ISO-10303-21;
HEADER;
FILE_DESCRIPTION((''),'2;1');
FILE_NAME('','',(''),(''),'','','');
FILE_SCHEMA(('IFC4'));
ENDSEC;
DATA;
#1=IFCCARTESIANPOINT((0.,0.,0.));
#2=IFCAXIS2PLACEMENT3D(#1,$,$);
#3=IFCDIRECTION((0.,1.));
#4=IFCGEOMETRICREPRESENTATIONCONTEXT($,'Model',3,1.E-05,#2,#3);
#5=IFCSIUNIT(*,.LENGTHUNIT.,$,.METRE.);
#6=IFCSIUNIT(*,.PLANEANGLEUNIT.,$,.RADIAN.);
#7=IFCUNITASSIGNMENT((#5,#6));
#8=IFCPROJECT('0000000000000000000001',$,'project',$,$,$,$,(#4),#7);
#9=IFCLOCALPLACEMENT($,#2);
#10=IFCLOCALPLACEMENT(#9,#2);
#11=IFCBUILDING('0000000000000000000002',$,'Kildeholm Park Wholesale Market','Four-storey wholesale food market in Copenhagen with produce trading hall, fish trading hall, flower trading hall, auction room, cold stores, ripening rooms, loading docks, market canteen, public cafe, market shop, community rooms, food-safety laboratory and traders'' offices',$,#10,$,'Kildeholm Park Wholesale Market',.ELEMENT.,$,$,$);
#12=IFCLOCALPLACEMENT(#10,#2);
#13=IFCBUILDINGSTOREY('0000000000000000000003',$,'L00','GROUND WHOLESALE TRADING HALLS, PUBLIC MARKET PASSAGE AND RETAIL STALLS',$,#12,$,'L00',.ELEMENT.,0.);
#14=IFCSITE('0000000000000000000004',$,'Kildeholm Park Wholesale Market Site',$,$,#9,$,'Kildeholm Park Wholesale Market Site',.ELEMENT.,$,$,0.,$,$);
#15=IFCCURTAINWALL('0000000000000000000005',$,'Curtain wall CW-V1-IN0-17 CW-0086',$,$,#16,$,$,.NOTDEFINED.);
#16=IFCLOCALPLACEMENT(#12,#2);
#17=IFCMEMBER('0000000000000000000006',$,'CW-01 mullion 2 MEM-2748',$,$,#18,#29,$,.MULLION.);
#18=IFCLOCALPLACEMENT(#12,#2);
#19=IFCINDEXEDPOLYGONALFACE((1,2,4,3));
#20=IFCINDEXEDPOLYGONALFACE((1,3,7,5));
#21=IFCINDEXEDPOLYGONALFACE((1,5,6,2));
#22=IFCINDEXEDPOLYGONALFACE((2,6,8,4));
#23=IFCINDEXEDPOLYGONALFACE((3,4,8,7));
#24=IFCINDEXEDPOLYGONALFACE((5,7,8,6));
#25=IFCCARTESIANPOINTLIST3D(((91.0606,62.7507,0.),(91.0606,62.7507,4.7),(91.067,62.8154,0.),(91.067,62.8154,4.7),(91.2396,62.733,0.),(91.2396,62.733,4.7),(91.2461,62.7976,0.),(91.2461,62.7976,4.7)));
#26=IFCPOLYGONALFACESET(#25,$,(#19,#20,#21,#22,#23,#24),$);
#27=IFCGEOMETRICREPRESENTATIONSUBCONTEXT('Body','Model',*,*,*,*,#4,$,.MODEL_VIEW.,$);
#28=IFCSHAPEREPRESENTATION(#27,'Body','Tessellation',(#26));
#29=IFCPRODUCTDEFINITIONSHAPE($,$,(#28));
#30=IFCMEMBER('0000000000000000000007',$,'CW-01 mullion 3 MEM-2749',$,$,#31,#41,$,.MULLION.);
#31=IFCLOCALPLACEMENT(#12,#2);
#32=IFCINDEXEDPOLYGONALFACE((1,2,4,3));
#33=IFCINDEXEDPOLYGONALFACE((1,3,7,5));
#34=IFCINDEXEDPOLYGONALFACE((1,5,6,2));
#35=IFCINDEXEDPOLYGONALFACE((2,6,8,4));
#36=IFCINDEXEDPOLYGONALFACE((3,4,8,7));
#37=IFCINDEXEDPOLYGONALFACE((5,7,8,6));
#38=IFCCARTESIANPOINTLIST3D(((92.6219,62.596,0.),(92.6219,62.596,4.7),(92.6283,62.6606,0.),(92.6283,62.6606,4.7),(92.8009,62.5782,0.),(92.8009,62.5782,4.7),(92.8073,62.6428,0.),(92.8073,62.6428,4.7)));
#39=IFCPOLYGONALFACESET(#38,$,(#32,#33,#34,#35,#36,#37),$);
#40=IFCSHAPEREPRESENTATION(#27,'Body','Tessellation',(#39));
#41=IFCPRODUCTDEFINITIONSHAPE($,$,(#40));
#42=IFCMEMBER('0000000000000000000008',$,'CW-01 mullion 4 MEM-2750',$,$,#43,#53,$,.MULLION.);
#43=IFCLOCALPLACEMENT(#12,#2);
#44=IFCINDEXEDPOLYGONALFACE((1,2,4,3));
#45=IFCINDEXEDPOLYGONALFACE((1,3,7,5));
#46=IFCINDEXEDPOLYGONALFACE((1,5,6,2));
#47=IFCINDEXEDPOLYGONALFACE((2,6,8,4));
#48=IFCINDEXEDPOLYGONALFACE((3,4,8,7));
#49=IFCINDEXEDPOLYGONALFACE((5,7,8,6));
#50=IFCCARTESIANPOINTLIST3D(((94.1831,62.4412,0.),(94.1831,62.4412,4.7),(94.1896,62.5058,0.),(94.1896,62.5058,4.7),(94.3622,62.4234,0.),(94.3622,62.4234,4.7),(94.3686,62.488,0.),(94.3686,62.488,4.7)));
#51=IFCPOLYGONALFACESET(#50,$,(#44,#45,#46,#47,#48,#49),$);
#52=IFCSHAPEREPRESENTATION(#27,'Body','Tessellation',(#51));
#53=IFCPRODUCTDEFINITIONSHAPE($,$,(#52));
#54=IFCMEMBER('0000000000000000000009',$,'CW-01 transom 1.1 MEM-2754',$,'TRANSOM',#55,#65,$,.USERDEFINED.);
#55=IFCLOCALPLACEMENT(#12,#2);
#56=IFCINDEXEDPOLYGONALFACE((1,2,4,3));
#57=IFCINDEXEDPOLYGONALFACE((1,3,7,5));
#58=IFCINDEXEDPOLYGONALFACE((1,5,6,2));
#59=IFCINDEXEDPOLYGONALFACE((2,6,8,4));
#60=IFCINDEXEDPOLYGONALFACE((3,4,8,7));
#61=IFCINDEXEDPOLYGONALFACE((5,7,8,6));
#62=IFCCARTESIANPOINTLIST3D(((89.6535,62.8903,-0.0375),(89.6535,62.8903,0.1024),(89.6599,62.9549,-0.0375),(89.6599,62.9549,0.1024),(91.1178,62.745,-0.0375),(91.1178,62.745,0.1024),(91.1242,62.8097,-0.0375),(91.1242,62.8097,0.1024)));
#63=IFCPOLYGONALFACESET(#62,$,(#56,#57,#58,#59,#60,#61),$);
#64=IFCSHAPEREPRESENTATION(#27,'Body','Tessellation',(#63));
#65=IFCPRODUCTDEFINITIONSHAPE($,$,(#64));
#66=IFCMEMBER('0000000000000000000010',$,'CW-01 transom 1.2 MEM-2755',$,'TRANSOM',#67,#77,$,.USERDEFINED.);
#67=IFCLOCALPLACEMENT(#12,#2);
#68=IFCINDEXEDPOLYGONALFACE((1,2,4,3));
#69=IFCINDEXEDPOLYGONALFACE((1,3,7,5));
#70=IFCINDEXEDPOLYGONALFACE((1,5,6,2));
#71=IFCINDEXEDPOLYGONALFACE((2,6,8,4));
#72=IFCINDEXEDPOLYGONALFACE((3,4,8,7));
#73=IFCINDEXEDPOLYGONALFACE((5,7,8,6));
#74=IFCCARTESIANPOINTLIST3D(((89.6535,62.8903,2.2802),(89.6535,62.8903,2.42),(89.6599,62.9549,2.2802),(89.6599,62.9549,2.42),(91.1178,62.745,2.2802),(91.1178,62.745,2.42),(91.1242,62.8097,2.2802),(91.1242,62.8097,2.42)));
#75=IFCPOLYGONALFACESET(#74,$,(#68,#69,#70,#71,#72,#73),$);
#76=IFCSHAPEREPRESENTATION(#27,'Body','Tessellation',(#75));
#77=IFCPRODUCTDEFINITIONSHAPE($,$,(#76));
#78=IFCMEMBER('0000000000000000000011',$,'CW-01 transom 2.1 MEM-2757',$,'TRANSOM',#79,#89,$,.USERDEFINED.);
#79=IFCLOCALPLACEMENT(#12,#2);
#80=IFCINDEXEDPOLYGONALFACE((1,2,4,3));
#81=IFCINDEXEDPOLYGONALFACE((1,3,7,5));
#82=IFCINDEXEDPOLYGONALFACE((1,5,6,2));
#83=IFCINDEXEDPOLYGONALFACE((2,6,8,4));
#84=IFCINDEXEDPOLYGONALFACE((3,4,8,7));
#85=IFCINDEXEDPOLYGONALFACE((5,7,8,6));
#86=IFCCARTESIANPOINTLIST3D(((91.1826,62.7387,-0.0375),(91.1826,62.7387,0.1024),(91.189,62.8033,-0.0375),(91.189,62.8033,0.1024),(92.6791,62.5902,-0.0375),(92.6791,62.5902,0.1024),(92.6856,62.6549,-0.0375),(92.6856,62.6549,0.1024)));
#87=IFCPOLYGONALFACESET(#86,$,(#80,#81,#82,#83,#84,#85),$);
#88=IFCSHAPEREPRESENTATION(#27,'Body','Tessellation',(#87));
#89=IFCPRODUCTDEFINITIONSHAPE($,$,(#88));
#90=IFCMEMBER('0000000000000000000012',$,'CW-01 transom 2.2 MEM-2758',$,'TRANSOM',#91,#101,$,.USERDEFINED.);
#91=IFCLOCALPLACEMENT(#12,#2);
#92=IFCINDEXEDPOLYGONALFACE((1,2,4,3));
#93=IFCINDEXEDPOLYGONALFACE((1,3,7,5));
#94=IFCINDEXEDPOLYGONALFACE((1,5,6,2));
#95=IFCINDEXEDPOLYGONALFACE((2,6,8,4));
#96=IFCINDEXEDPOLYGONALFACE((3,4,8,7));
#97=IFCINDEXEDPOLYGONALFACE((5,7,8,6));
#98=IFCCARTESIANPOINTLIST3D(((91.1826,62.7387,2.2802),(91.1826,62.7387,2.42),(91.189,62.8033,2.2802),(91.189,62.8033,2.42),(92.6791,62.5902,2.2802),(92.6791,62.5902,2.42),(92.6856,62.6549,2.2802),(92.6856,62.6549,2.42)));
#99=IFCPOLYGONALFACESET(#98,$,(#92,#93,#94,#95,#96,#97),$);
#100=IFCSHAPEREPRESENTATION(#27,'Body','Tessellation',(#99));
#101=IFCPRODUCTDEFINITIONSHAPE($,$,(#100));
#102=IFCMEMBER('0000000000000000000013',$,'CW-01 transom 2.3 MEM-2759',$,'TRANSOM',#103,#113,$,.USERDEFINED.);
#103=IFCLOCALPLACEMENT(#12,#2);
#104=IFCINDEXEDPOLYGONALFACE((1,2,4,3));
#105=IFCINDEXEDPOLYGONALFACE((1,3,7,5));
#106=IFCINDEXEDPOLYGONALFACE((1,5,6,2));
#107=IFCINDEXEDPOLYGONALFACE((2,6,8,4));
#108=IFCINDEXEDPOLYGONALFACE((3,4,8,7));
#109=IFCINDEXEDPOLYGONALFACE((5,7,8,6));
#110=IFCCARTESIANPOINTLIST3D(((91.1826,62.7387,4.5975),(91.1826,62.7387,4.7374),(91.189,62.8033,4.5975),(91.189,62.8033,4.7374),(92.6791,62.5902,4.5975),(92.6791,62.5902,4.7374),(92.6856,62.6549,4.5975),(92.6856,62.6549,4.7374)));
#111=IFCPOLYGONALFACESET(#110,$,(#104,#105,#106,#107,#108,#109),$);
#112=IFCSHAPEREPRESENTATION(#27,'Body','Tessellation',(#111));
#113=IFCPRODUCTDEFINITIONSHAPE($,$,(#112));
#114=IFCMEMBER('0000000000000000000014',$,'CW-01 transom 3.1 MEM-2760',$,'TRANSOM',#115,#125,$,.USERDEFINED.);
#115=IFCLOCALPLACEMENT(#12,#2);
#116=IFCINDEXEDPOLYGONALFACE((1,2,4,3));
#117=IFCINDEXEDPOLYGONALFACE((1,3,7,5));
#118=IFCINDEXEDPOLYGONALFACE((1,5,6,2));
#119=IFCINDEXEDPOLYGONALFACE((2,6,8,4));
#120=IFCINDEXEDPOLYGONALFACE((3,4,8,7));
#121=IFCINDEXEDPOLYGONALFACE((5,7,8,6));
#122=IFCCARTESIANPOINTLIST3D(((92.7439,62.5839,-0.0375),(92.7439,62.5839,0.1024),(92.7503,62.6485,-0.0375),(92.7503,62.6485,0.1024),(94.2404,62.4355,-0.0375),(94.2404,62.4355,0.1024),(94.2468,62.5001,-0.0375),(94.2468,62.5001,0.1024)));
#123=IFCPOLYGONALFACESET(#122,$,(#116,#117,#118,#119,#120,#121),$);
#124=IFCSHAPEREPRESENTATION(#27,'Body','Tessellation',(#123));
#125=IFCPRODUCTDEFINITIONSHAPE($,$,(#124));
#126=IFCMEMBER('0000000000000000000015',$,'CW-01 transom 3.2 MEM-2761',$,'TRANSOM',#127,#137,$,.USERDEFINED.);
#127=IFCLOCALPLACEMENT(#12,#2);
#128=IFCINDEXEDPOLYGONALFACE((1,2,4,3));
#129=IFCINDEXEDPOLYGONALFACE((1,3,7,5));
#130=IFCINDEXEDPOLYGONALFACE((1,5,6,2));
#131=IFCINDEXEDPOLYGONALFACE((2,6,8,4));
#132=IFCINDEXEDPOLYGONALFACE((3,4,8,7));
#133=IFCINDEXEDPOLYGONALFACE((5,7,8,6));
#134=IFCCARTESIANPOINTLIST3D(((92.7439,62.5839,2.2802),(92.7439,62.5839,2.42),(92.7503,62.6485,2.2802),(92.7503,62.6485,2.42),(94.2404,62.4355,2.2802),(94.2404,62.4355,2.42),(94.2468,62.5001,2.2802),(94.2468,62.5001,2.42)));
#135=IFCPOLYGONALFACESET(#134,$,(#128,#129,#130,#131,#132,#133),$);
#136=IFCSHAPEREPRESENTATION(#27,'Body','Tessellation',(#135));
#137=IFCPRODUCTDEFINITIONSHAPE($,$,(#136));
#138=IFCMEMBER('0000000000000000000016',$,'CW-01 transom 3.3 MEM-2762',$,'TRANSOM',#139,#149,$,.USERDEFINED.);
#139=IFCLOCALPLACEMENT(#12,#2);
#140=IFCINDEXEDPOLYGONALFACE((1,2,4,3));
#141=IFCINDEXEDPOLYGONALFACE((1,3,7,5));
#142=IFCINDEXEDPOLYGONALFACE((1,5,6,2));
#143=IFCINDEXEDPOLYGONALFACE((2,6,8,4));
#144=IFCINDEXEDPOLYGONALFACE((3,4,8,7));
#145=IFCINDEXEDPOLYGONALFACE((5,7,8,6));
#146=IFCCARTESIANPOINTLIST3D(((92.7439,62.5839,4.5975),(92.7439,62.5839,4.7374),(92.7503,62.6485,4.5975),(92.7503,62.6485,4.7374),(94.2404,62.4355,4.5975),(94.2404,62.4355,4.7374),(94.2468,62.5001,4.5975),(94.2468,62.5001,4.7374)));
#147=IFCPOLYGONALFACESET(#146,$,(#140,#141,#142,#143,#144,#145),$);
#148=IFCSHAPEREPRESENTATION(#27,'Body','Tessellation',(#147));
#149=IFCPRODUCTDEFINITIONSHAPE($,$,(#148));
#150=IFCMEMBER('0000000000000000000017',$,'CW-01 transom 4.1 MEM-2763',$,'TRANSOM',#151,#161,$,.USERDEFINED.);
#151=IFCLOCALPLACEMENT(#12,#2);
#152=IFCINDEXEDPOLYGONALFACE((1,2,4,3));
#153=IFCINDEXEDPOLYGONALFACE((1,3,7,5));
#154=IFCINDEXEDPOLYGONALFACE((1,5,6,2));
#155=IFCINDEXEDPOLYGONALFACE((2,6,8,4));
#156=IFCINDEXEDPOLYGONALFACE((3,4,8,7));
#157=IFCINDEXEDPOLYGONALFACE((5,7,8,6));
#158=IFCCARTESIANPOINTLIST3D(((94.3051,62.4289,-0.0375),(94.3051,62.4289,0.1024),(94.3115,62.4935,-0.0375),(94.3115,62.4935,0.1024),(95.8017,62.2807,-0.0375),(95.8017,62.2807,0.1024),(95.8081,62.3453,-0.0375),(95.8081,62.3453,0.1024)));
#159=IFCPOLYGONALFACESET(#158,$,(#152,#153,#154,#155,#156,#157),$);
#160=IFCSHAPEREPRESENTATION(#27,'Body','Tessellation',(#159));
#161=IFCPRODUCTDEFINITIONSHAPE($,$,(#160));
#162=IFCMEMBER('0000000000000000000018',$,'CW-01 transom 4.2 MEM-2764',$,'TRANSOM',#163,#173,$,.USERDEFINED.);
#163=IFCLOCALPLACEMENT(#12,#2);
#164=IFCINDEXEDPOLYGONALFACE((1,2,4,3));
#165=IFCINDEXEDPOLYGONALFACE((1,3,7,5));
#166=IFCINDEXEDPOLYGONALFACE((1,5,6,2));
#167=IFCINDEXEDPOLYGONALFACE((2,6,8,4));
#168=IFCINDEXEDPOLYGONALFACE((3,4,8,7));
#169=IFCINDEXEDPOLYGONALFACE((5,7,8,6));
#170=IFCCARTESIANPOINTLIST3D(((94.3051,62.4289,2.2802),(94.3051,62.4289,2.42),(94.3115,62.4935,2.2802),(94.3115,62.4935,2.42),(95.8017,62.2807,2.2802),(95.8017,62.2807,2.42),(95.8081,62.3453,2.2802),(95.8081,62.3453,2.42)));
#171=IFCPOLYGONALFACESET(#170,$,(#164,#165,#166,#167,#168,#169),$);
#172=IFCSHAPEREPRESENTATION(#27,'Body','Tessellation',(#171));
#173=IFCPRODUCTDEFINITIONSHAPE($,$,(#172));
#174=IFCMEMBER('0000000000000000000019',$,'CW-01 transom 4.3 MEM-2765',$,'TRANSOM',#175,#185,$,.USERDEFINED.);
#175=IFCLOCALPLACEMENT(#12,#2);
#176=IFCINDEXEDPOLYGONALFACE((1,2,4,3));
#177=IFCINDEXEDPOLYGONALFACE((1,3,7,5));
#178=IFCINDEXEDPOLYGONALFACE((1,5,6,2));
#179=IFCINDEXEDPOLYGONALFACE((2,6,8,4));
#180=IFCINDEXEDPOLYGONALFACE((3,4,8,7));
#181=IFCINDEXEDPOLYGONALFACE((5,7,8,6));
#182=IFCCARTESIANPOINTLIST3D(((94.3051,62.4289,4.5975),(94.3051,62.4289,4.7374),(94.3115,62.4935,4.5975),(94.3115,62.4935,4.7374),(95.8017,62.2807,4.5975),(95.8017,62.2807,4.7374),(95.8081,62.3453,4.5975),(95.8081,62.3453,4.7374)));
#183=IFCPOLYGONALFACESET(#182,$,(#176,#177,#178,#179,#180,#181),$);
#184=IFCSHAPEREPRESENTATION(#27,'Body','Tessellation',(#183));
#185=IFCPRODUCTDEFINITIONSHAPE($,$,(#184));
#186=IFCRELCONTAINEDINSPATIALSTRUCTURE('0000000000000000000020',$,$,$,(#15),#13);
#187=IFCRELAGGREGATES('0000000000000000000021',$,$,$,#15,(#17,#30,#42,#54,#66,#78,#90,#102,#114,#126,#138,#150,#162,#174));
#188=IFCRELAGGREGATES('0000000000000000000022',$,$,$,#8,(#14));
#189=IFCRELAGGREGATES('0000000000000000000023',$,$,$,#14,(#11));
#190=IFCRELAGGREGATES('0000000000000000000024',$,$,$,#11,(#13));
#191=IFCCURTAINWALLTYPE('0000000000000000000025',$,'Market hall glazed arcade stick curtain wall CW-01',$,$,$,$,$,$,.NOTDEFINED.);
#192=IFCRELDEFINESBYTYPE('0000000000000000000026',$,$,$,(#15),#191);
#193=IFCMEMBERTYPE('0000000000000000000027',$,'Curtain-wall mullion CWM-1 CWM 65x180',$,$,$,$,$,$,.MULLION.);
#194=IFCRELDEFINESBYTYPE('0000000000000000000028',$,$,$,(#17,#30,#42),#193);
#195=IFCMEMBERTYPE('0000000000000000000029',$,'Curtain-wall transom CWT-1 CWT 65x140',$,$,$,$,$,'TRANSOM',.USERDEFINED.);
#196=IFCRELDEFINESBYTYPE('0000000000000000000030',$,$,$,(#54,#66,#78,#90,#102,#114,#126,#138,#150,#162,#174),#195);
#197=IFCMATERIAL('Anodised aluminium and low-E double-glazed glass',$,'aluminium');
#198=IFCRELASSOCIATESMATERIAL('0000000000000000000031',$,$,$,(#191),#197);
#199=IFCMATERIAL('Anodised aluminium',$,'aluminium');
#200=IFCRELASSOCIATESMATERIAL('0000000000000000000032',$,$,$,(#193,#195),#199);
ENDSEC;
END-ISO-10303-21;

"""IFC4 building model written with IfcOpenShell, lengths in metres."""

from ifc_helpers import new_model, si_unit, direction, frame, origin, origin_2d, place, context, subcontext, project, spatial, rectangle, extrude, material, material_profile, profile_set, type_object, element, aggregate, save


model = new_model("IFC4")

# Units and contexts
model_context = context("Model", 3, precision=1e-05, world=origin(), true_north=direction((0.0, 1.0)))
body_context = subcontext(model_context, "Body", "Model", "MODEL_VIEW")
ifc_project = project(units=[si_unit("LENGTHUNIT", "METRE"), si_unit("PLANEANGLEUNIT", "RADIAN")], contexts=[model_context])

# Site, building, storey
site_placement = place(None, origin())
site = spatial("IfcSite", under=ifc_project, at=site_placement, Name="Kildeholm Park Wholesale Market Site", LongName="Kildeholm Park Wholesale Market Site", CompositionType="ELEMENT", RefElevation=0.0)
building_placement = place(site_placement, origin())
building = spatial("IfcBuilding", under=site, at=building_placement, Name="Kildeholm Park Wholesale Market", Description="Four-storey wholesale food market in Copenhagen with produce trading hall, fish trading hall, flower trading hall, auction room, cold stores, ripening rooms, loading docks, market canteen, public cafe, market shop, community rooms, food-safety laboratory and traders' offices", LongName="Kildeholm Park Wholesale Market", CompositionType="ELEMENT")
storey_placement = place(building_placement, origin())
storey = spatial("IfcBuildingStorey", under=building, at=storey_placement, Name="L00", Description="GROUND WHOLESALE TRADING HALLS, PUBLIC MARKET PASSAGE AND RETAIL STALLS", LongName="L00", CompositionType="ELEMENT", Elevation=0.0)

# Curtain wall, members
ifc_material_1 = material(Name="Anodised aluminium and low-E double-glazed glass", Category="aluminium")
curtain_wall_type = type_object("IfcCurtainWallType", Name="Market hall glazed arcade stick curtain wall CW-01", PredefinedType="NOTDEFINED", material=ifc_material_1)
curtain_wall_placement = place(storey_placement, origin())
curtain_wall = element("IfcCurtainWall", 1, at=curtain_wall_placement, inside=storey, type_object=curtain_wall_type, Name="Curtain wall CW-V1-IN0-17 CW-0086", PredefinedType="NOTDEFINED")
ifc_material_2 = material(Name="Anodised aluminium", Category="aluminium")
ifc_material_profile_1 = material_profile(ifc_material_2, rectangle(XDim=0.0649, YDim=0.1799, at=origin_2d()), Name="CWM 65x180")
ifc_profile_set_1 = profile_set([ifc_material_profile_1], Name="Anodised aluminium")
member_type_1 = type_object("IfcMemberType", Name="Curtain-wall mullion CWM-1 CWM 65x180", PredefinedType="MULLION", material=ifc_profile_set_1)
member_1_placement = place(storey_placement, frame((91.1533, 62.7742, 0.0), z_axis=(0.0, 0.0, 1.0), x_axis=(0.098683, 0.995119, 0.0)))
member_1 = element("IfcMember", 2, at=member_1_placement, type_object=member_type_1, Name="CW-01 mullion 2 MEM-2748", PredefinedType="MULLION", context=body_context, shape_type="SweptSolid", body=[
    extrude(rectangle(XDim=0.0649, YDim=0.1799, at=origin_2d()), origin(), (0.0, 0.0, 1.0), 4.7),
])
member_2_placement = place(storey_placement, frame((92.7146, 62.6194, 0.0), z_axis=(0.0, 0.0, 1.0), x_axis=(0.098683, 0.995119, 0.0)))
member_2 = element("IfcMember", 3, at=member_2_placement, type_object=member_type_1, Name="CW-01 mullion 3 MEM-2749", PredefinedType="MULLION", context=body_context, shape_type="SweptSolid", body=[
    extrude(rectangle(XDim=0.0649, YDim=0.1799, at=origin_2d()), origin(), (0.0, 0.0, 1.0), 4.7),
])
member_3_placement = place(storey_placement, frame((94.2759, 62.4646, 0.0), z_axis=(0.0, 0.0, 1.0), x_axis=(0.098683, 0.995119, 0.0)))
member_3 = element("IfcMember", 4, at=member_3_placement, type_object=member_type_1, Name="CW-01 mullion 4 MEM-2750", PredefinedType="MULLION", context=body_context, shape_type="SweptSolid", body=[
    extrude(rectangle(XDim=0.0649, YDim=0.1799, at=origin_2d()), origin(), (0.0, 0.0, 1.0), 4.7),
])
ifc_material_profile_2 = material_profile(ifc_material_2, rectangle(XDim=0.0649, YDim=0.1399, at=origin_2d()), Name="CWT 65x140")
ifc_profile_set_2 = profile_set([ifc_material_profile_2], Name="Anodised aluminium")
member_type_2 = type_object("IfcMemberType", Name="Curtain-wall transom CWT-1 CWT 65x140", ElementType="TRANSOM", PredefinedType="USERDEFINED", material=ifc_profile_set_2)
member_4_placement = place(storey_placement, frame((89.6567, 62.9226, 0.0325), z_axis=(0.995116, -0.098715, 0.0), x_axis=(0.098715, 0.995116, 0.0)))
member_4 = element("IfcMember", 5, at=member_4_placement, type_object=member_type_2, Name="CW-01 transom 1.1 MEM-2754", ObjectType="TRANSOM", PredefinedType="USERDEFINED", context=body_context, shape_type="SweptSolid", body=[
    extrude(rectangle(XDim=0.0649, YDim=0.1399, at=origin_2d()), origin(), (0.0, 0.0, 1.0), 1.4714),
])
member_5_placement = place(storey_placement, frame((89.6567, 62.9226, 2.3501), z_axis=(0.995116, -0.098715, 0.0), x_axis=(0.098715, 0.995116, 0.0)))
member_5 = element("IfcMember", 6, at=member_5_placement, type_object=member_type_2, Name="CW-01 transom 1.2 MEM-2755", ObjectType="TRANSOM", PredefinedType="USERDEFINED", context=body_context, shape_type="SweptSolid", body=[
    extrude(rectangle(XDim=0.0649, YDim=0.1399, at=origin_2d()), origin(), (0.0, 0.0, 1.0), 1.4714),
])
member_6_placement = place(storey_placement, frame((91.1858, 62.771, 0.0325), z_axis=(0.995117, -0.0987, 0.0), x_axis=(0.0987, 0.995117, 0.0)))
member_6 = element("IfcMember", 7, at=member_6_placement, type_object=member_type_2, Name="CW-01 transom 2.1 MEM-2757", ObjectType="TRANSOM", PredefinedType="USERDEFINED", context=body_context, shape_type="SweptSolid", body=[
    extrude(rectangle(XDim=0.0649, YDim=0.1399, at=origin_2d()), origin(), (0.0, 0.0, 1.0), 1.5039),
])
member_7_placement = place(storey_placement, frame((91.1858, 62.771, 2.3501), z_axis=(0.995117, -0.0987, 0.0), x_axis=(0.0987, 0.995117, 0.0)))
member_7 = element("IfcMember", 8, at=member_7_placement, type_object=member_type_2, Name="CW-01 transom 2.2 MEM-2758", ObjectType="TRANSOM", PredefinedType="USERDEFINED", context=body_context, shape_type="SweptSolid", body=[
    extrude(rectangle(XDim=0.0649, YDim=0.1399, at=origin_2d()), origin(), (0.0, 0.0, 1.0), 1.5039),
])
member_8_placement = place(storey_placement, frame((91.1858, 62.771, 4.6675), z_axis=(0.995117, -0.0987, 0.0), x_axis=(0.0987, 0.995117, 0.0)))
member_8 = element("IfcMember", 9, at=member_8_placement, type_object=member_type_2, Name="CW-01 transom 2.3 MEM-2759", ObjectType="TRANSOM", PredefinedType="USERDEFINED", context=body_context, shape_type="SweptSolid", body=[
    extrude(rectangle(XDim=0.0649, YDim=0.1399, at=origin_2d()), origin(), (0.0, 0.0, 1.0), 1.5039),
])
member_9_placement = place(storey_placement, frame((92.7471, 62.6162, 0.0325), z_axis=(0.995117, -0.0987, 0.0), x_axis=(0.0987, 0.995117, 0.0)))
member_9 = element("IfcMember", 10, at=member_9_placement, type_object=member_type_2, Name="CW-01 transom 3.1 MEM-2760", ObjectType="TRANSOM", PredefinedType="USERDEFINED", context=body_context, shape_type="SweptSolid", body=[
    extrude(rectangle(XDim=0.0649, YDim=0.1399, at=origin_2d()), origin(), (0.0, 0.0, 1.0), 1.5039),
])
member_10_placement = place(storey_placement, frame((92.7471, 62.6162, 2.3501), z_axis=(0.995117, -0.0987, 0.0), x_axis=(0.0987, 0.995117, 0.0)))
member_10 = element("IfcMember", 11, at=member_10_placement, type_object=member_type_2, Name="CW-01 transom 3.2 MEM-2761", ObjectType="TRANSOM", PredefinedType="USERDEFINED", context=body_context, shape_type="SweptSolid", body=[
    extrude(rectangle(XDim=0.0649, YDim=0.1399, at=origin_2d()), origin(), (0.0, 0.0, 1.0), 1.5039),
])
member_11_placement = place(storey_placement, frame((92.7471, 62.6162, 4.6675), z_axis=(0.995117, -0.0987, 0.0), x_axis=(0.0987, 0.995117, 0.0)))
member_11 = element("IfcMember", 12, at=member_11_placement, type_object=member_type_2, Name="CW-01 transom 3.3 MEM-2762", ObjectType="TRANSOM", PredefinedType="USERDEFINED", context=body_context, shape_type="SweptSolid", body=[
    extrude(rectangle(XDim=0.0649, YDim=0.1399, at=origin_2d()), origin(), (0.0, 0.0, 1.0), 1.5039),
])
member_12_placement = place(storey_placement, frame((94.3083, 62.4612, 0.0325), z_axis=(0.995133, -0.098539, 0.0), x_axis=(0.098539, 0.995133, 0.0)))
member_12 = element("IfcMember", 13, at=member_12_placement, type_object=member_type_2, Name="CW-01 transom 4.1 MEM-2763", ObjectType="TRANSOM", PredefinedType="USERDEFINED", context=body_context, shape_type="SweptSolid", body=[
    extrude(rectangle(XDim=0.0649, YDim=0.1399, at=origin_2d()), origin(), (0.0, 0.0, 1.0), 1.5039),
])
member_13_placement = place(storey_placement, frame((94.3083, 62.4612, 2.3501), z_axis=(0.995133, -0.098539, 0.0), x_axis=(0.098539, 0.995133, 0.0)))
member_13 = element("IfcMember", 14, at=member_13_placement, type_object=member_type_2, Name="CW-01 transom 4.2 MEM-2764", ObjectType="TRANSOM", PredefinedType="USERDEFINED", context=body_context, shape_type="SweptSolid", body=[
    extrude(rectangle(XDim=0.0649, YDim=0.1399, at=origin_2d()), origin(), (0.0, 0.0, 1.0), 1.5039),
])
member_14_placement = place(storey_placement, frame((94.3083, 62.4612, 4.6675), z_axis=(0.995133, -0.098539, 0.0), x_axis=(0.098539, 0.995133, 0.0)))
member_14 = element("IfcMember", 15, at=member_14_placement, type_object=member_type_2, Name="CW-01 transom 4.3 MEM-2765", ObjectType="TRANSOM", PredefinedType="USERDEFINED", context=body_context, shape_type="SweptSolid", body=[
    extrude(rectangle(XDim=0.0649, YDim=0.1399, at=origin_2d()), origin(), (0.0, 0.0, 1.0), 1.5039),
])
aggregate(curtain_wall, [member_1, member_2, member_3, member_4, member_5, member_6, member_7, member_8, member_9, member_10, member_11, member_12, member_13, member_14])

save(model, "model.ifc")
